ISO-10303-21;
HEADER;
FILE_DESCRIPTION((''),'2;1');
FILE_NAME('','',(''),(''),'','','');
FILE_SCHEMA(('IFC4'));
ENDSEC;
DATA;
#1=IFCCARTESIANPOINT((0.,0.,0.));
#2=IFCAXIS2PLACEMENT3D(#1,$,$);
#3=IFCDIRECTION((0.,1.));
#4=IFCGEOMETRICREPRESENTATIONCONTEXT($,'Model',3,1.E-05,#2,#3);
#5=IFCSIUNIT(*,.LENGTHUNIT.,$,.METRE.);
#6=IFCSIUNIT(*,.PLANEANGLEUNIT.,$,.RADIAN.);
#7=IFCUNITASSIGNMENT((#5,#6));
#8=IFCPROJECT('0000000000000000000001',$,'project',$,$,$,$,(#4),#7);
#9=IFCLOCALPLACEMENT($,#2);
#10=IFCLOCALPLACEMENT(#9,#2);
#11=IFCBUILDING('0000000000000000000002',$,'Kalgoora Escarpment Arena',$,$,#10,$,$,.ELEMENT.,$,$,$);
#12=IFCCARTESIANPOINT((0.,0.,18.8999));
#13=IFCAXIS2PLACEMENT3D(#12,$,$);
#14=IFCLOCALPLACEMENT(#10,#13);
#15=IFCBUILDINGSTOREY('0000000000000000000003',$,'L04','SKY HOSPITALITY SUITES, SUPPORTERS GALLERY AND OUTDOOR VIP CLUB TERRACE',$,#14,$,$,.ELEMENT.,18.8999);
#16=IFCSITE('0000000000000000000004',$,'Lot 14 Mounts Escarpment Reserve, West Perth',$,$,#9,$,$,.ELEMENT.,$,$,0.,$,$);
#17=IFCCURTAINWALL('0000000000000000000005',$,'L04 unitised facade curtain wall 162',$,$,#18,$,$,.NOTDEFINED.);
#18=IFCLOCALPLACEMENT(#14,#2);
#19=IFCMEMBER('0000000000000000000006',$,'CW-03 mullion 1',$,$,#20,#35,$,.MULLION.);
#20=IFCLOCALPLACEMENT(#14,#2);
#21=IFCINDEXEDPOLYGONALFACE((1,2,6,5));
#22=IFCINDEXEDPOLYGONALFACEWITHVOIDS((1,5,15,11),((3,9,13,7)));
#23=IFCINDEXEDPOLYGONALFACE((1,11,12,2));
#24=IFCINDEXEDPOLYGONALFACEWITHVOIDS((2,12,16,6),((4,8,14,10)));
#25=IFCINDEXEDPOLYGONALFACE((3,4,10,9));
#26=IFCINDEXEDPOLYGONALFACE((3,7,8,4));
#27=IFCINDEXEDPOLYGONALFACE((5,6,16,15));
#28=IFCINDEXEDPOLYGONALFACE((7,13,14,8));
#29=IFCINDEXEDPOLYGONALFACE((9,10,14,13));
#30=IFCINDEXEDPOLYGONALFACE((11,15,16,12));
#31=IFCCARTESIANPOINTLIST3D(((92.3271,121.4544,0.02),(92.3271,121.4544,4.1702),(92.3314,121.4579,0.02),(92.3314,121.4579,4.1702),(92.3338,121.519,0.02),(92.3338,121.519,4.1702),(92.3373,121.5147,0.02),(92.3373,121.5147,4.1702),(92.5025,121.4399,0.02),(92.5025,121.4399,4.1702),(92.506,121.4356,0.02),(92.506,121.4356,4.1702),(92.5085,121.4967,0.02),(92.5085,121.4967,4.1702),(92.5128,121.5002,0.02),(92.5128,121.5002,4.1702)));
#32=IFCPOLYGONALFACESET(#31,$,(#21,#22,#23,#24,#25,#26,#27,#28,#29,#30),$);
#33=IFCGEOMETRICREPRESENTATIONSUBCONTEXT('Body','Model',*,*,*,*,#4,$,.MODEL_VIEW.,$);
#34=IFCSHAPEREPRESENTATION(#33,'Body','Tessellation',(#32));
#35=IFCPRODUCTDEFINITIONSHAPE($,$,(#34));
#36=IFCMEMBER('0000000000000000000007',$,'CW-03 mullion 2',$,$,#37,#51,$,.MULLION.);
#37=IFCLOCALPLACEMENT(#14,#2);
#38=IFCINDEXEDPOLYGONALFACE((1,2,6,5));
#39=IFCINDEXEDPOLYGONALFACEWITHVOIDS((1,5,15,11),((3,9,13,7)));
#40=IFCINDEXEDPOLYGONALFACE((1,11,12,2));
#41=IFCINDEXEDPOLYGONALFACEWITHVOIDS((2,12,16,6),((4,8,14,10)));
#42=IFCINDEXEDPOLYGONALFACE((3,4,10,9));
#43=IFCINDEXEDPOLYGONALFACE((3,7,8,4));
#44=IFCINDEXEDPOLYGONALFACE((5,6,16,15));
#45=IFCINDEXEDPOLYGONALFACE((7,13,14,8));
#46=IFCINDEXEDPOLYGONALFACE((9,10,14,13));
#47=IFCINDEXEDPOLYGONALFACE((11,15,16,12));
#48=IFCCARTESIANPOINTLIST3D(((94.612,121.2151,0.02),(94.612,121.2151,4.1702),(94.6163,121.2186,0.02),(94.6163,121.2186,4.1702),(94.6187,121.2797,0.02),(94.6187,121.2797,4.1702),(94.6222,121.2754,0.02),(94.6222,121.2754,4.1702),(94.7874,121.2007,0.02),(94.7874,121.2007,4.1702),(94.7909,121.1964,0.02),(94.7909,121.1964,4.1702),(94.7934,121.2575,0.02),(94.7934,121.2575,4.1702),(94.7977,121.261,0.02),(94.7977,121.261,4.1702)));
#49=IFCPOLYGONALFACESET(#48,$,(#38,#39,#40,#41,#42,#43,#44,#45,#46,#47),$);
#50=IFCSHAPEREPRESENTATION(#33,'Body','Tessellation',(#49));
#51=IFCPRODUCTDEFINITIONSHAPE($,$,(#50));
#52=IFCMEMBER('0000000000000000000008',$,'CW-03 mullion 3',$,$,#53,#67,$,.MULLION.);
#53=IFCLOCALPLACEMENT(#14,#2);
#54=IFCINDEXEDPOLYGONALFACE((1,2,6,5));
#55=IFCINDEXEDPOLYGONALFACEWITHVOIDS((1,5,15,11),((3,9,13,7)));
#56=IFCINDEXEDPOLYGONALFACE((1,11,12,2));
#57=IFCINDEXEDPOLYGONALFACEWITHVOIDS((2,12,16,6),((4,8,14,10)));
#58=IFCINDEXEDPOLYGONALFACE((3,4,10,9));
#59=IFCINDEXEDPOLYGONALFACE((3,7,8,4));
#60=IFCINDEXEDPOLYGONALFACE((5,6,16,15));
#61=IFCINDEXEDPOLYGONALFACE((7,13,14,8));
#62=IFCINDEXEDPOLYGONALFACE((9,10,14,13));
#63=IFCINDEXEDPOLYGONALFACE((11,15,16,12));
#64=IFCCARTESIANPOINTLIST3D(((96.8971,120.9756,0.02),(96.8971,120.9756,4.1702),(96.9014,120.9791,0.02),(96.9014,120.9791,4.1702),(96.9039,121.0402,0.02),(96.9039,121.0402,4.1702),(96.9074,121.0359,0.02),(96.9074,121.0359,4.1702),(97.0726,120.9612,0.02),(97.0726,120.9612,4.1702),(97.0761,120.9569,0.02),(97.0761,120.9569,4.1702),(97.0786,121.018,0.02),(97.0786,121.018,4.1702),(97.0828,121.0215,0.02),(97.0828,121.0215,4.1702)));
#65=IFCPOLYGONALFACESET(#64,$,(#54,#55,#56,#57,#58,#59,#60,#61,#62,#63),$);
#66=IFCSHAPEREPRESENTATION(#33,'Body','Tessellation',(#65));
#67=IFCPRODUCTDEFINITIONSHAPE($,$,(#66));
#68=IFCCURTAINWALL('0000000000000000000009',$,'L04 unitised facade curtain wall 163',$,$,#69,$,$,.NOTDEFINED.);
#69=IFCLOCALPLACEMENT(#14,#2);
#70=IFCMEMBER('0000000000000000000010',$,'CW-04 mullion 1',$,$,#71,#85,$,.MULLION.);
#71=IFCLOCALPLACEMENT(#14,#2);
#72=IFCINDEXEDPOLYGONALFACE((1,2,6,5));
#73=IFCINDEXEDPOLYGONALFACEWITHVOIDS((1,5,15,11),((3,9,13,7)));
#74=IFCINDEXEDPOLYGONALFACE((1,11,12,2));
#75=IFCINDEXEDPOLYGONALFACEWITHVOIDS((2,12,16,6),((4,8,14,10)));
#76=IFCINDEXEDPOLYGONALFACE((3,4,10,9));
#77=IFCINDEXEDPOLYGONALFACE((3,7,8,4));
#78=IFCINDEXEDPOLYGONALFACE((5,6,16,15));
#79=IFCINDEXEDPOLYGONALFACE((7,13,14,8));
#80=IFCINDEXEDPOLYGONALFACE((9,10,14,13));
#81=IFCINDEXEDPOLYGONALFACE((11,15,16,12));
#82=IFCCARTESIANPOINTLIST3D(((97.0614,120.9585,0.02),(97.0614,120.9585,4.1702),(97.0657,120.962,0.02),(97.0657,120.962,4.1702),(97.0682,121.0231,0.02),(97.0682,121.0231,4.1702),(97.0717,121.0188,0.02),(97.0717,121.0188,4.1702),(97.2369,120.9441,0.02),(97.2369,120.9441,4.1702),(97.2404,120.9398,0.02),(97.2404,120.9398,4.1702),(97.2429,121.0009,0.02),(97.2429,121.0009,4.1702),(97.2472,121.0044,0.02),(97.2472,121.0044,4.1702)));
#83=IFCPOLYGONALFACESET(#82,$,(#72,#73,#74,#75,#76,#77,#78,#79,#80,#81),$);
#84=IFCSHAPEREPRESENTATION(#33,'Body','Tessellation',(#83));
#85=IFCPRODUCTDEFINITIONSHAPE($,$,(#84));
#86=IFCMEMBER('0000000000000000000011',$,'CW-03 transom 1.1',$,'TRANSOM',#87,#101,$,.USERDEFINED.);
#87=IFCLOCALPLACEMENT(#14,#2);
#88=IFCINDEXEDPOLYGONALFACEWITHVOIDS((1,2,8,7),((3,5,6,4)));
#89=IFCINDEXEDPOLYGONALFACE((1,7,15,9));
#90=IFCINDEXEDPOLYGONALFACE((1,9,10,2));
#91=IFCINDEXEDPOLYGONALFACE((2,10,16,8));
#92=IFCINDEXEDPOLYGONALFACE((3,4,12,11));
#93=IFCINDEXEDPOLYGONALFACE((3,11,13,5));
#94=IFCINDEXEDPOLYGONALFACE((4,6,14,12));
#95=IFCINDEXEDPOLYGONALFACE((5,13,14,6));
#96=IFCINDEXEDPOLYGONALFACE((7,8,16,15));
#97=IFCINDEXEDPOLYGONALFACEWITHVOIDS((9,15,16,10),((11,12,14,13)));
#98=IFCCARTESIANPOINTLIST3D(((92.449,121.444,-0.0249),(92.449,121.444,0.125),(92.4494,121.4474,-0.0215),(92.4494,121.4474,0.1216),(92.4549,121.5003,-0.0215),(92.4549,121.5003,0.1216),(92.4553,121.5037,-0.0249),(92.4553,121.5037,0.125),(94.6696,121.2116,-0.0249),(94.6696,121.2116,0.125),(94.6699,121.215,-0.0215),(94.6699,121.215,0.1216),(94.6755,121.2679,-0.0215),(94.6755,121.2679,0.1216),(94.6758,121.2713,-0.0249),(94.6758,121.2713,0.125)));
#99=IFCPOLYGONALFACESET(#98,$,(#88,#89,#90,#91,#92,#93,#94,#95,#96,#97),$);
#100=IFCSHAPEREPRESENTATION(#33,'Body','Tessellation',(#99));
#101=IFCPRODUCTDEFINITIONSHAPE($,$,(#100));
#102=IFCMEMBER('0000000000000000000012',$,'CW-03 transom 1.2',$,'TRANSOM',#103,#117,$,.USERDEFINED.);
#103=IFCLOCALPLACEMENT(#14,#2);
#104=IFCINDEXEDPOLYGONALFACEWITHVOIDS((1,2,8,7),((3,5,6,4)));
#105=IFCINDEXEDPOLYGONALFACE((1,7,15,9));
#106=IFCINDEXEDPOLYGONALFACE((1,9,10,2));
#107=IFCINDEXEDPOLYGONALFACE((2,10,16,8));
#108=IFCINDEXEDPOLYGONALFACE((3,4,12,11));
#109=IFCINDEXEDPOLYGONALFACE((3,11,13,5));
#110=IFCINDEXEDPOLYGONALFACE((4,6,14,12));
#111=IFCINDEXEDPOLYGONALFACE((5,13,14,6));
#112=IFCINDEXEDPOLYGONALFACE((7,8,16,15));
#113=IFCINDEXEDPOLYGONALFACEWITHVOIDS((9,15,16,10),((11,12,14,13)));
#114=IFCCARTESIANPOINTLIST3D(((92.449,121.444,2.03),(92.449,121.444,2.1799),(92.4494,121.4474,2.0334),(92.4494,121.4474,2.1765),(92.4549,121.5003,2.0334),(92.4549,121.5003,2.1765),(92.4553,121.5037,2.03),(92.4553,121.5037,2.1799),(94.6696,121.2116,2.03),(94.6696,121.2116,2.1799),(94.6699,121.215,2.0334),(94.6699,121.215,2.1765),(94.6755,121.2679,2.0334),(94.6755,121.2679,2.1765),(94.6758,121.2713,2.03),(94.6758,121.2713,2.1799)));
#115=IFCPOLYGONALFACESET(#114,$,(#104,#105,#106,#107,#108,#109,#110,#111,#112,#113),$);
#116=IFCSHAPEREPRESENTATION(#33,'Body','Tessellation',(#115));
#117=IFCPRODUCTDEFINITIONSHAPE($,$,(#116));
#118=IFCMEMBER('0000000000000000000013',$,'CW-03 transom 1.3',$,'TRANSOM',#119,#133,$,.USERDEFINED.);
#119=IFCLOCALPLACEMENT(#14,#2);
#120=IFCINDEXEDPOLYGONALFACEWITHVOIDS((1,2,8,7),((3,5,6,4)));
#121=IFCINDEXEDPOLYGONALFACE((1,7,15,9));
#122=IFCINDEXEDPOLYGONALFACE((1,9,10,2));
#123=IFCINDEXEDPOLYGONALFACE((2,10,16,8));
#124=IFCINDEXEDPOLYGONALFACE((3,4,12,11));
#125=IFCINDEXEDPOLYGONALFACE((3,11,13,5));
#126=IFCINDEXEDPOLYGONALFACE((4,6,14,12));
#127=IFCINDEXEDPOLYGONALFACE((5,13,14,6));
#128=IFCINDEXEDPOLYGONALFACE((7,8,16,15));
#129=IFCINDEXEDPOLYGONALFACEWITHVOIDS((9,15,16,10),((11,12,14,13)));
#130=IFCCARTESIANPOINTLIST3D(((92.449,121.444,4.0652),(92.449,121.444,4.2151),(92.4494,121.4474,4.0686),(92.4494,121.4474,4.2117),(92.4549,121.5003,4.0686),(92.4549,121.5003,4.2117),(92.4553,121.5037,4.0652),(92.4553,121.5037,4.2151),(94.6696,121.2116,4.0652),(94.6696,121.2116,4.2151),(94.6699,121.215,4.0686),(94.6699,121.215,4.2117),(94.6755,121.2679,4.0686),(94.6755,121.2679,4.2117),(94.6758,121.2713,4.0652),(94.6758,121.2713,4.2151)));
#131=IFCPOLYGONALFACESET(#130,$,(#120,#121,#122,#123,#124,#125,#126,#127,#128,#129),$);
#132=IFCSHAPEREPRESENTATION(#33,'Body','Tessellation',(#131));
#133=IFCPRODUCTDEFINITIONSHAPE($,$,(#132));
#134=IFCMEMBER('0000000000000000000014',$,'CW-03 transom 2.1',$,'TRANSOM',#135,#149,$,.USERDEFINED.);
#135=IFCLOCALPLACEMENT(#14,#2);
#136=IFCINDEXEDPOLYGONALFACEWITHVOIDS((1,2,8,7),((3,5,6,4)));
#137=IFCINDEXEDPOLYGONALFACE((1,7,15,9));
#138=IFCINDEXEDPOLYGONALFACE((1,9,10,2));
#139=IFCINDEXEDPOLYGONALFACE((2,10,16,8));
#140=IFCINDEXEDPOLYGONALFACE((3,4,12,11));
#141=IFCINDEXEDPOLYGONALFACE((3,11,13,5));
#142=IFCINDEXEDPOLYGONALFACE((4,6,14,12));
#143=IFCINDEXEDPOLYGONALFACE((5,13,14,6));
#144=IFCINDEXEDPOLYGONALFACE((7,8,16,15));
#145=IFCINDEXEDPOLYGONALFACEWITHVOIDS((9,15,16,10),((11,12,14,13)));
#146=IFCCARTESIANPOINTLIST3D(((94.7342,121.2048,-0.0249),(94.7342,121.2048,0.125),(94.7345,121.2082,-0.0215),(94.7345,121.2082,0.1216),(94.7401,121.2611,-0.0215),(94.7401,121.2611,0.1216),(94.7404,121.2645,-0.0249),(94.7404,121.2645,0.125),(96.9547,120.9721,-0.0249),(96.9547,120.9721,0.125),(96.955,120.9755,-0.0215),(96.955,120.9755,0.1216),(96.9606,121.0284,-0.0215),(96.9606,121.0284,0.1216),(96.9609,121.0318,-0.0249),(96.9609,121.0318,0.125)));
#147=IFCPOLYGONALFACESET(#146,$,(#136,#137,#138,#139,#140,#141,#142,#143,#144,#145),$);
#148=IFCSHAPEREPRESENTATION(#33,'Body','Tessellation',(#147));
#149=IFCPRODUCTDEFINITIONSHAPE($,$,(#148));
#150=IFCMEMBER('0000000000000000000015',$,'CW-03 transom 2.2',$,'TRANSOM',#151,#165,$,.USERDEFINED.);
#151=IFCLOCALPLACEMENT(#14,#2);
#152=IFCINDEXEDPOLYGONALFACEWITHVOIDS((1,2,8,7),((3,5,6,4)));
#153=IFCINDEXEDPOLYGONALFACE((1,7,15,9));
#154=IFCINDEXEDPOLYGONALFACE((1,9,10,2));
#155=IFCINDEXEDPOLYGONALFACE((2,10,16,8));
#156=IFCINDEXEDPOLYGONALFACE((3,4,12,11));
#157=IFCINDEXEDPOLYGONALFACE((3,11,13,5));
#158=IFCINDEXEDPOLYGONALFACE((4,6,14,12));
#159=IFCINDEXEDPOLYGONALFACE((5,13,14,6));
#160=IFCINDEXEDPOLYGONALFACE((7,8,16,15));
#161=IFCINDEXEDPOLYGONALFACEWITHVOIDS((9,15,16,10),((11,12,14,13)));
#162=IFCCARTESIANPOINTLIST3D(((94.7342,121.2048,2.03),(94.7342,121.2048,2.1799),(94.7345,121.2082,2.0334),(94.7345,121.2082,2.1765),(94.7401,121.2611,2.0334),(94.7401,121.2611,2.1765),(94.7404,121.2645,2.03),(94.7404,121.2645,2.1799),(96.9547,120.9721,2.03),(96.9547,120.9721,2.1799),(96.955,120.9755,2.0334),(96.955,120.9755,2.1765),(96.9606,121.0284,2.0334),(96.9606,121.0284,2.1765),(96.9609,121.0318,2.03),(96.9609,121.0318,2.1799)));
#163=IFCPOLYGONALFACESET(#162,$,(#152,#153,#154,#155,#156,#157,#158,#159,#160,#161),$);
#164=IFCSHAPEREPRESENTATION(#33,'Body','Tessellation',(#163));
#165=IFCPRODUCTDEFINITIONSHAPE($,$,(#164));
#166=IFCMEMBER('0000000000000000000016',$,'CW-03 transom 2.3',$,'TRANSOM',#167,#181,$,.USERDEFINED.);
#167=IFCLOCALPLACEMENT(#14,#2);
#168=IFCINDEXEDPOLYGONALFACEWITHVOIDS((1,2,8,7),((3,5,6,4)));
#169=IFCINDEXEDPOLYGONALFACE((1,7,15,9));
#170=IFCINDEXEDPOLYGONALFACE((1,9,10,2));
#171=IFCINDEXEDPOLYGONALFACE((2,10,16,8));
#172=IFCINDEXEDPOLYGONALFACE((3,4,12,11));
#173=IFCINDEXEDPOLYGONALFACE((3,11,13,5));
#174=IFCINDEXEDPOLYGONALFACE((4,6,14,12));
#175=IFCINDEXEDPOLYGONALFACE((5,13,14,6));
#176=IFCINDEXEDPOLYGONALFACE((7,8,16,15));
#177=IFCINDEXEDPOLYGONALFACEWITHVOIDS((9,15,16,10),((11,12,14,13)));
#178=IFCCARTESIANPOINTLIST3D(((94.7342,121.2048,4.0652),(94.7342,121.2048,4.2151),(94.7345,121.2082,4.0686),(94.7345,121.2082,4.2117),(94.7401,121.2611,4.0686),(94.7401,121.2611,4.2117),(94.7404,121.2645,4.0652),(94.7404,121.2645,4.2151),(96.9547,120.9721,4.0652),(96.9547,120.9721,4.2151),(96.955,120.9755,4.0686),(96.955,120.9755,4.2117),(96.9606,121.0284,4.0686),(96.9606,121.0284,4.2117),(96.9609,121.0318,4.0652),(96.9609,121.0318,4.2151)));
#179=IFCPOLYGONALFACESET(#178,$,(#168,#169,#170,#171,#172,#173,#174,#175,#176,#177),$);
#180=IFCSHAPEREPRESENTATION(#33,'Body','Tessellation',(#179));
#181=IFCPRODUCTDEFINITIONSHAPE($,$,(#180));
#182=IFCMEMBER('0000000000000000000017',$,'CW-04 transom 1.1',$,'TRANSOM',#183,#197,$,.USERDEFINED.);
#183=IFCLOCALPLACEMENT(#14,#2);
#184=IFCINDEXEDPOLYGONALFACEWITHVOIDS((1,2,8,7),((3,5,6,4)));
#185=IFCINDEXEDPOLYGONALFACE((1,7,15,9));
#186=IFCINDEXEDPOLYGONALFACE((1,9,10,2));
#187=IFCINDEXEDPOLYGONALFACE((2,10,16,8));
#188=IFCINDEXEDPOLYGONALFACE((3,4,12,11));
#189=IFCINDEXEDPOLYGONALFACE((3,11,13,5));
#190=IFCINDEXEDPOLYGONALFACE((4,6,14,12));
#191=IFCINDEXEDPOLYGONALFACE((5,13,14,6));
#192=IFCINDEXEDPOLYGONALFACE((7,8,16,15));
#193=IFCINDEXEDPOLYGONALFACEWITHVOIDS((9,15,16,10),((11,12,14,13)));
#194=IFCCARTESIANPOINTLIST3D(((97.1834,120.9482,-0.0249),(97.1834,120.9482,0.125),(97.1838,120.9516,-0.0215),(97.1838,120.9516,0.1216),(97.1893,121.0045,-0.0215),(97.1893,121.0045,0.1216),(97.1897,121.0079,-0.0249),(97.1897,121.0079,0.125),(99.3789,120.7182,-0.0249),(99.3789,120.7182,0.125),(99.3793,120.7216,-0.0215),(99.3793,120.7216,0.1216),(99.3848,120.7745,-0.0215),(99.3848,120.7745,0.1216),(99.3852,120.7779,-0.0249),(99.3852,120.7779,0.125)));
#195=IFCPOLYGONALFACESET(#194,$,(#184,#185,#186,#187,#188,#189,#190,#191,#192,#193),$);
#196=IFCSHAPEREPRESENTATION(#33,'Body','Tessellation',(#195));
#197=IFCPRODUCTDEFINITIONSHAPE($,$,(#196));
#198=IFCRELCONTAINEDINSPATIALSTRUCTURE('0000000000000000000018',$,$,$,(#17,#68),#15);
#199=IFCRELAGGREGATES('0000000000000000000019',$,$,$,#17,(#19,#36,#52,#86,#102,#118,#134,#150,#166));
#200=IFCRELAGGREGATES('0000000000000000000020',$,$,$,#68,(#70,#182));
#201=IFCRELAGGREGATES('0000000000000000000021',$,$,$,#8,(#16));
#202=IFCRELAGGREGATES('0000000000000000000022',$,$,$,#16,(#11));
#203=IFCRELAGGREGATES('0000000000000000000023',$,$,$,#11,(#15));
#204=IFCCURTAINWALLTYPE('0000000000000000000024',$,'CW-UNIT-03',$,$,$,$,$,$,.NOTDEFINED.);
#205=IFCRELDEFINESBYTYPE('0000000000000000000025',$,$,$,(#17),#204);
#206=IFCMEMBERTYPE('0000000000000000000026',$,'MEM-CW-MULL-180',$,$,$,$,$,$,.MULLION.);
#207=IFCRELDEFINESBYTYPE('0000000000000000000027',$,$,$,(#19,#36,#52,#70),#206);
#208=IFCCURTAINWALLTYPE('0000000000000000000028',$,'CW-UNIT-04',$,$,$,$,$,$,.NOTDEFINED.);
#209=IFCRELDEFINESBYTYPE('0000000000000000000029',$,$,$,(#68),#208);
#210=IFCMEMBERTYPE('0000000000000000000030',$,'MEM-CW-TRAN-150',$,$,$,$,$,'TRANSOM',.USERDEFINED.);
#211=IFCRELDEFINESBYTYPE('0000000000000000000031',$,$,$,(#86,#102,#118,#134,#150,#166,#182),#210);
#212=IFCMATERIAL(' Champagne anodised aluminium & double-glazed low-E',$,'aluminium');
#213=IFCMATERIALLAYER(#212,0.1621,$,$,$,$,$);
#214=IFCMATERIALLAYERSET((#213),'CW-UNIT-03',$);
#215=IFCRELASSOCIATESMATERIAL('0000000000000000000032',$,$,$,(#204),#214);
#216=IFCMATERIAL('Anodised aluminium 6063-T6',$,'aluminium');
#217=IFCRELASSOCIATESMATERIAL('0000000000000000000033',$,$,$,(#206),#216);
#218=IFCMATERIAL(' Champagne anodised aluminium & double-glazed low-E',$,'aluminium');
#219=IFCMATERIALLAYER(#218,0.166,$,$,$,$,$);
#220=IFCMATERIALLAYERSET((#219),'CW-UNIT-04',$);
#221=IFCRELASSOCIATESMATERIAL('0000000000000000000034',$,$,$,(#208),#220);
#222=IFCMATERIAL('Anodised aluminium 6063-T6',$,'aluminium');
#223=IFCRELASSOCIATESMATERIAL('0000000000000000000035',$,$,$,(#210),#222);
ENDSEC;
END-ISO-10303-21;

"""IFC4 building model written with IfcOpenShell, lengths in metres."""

from ifc_helpers import new_model, si_unit, direction, frame, origin, origin_2d, place, context, subcontext, project, spatial, hollow_rectangle, extrude, material, layer, layer_set, material_profile, profile_set, type_object, element, aggregate, save


model = new_model("IFC4")

# Units and contexts
model_context = context("Model", 3, precision=1e-05, world=origin(), true_north=direction((0.0, 1.0)))
body_context = subcontext(model_context, "Body", "Model", "MODEL_VIEW")
ifc_project = project(units=[si_unit("LENGTHUNIT", "METRE"), si_unit("PLANEANGLEUNIT", "RADIAN")], contexts=[model_context])

# Site, building, storey
site_placement = place(None, origin())
site = spatial("IfcSite", under=ifc_project, at=site_placement, Name="Lot 14 Mounts Escarpment Reserve, West Perth", CompositionType="ELEMENT", RefElevation=0.0)
building_placement = place(site_placement, origin())
building = spatial("IfcBuilding", under=site, at=building_placement, Name="Kalgoora Escarpment Arena", CompositionType="ELEMENT")
storey_placement = place(building_placement, frame((0.0, 0.0, 18.8999)))
storey = spatial("IfcBuildingStorey", under=building, at=storey_placement, Name="L04", Description="SKY HOSPITALITY SUITES, SUPPORTERS GALLERY AND OUTDOOR VIP CLUB TERRACE", CompositionType="ELEMENT", Elevation=18.8999)

# Curtain wall, members
ifc_material_1 = material(Name=" Champagne anodised aluminium & double-glazed low-E", Category="aluminium")
ifc_layer_1 = layer(ifc_material_1, 0.1621)
ifc_layer_set_1 = layer_set([ifc_layer_1], Name="CW-UNIT-03")
curtain_wall_type_1 = type_object("IfcCurtainWallType", Name="CW-UNIT-03", PredefinedType="NOTDEFINED", material=ifc_layer_set_1)
curtain_wall_1_placement = place(storey_placement, origin())
curtain_wall_1 = element("IfcCurtainWall", 1, at=curtain_wall_1_placement, inside=storey, type_object=curtain_wall_type_1, Name="L04 unitised facade curtain wall 162", PredefinedType="NOTDEFINED")
ifc_material_2 = material(Name="Anodised aluminium 6063-T6", Category="aluminium")
ifc_material_profile_1 = material_profile(ifc_material_2, hollow_rectangle(XDim=0.0649, YDim=0.1799, WallThickness=0.0039, at=origin_2d()))
ifc_profile_set_1 = profile_set([ifc_material_profile_1], Name="Anodised aluminium 6063-T6")
member_type_1 = type_object("IfcMemberType", Name="MEM-CW-MULL-180", PredefinedType="MULLION", material=ifc_profile_set_1)
member_1_placement = place(storey_placement, frame((92.4199, 121.4773, 0.02), z_axis=(0.0, 0.0, 1.0), x_axis=(0.104179, 0.994559, 0.0)))
member_1 = element("IfcMember", 2, at=member_1_placement, type_object=member_type_1, Name="CW-03 mullion 1", PredefinedType="MULLION", context=body_context, shape_type="SweptSolid", body=[
    extrude(hollow_rectangle(XDim=0.0649, YDim=0.1799, WallThickness=0.0039, at=origin_2d()), origin(), (0.0, 0.0, 1.0), 4.1501),
])
member_2_placement = place(storey_placement, frame((94.7048, 121.238, 0.02), z_axis=(0.0, 0.0, 1.0), x_axis=(0.104179, 0.994559, 0.0)))
member_2 = element("IfcMember", 3, at=member_2_placement, type_object=member_type_1, Name="CW-03 mullion 2", PredefinedType="MULLION", context=body_context, shape_type="SweptSolid", body=[
    extrude(hollow_rectangle(XDim=0.0649, YDim=0.1799, WallThickness=0.0039, at=origin_2d()), origin(), (0.0, 0.0, 1.0), 4.1501),
])
member_3_placement = place(storey_placement, frame((96.99, 120.9985, 0.02), z_axis=(0.0, 0.0, 1.0), x_axis=(0.104179, 0.994559, 0.0)))
member_3 = element("IfcMember", 4, at=member_3_placement, type_object=member_type_1, Name="CW-03 mullion 3", PredefinedType="MULLION", context=body_context, shape_type="SweptSolid", body=[
    extrude(hollow_rectangle(XDim=0.0649, YDim=0.1799, WallThickness=0.0039, at=origin_2d()), origin(), (0.0, 0.0, 1.0), 4.1501),
])

# Curtain wall, member
ifc_material_3 = material(Name=" Champagne anodised aluminium & double-glazed low-E", Category="aluminium")
ifc_layer_2 = layer(ifc_material_3, 0.166)
ifc_layer_set_2 = layer_set([ifc_layer_2], Name="CW-UNIT-04")
curtain_wall_type_2 = type_object("IfcCurtainWallType", Name="CW-UNIT-04", PredefinedType="NOTDEFINED", material=ifc_layer_set_2)
curtain_wall_2_placement = place(storey_placement, origin())
curtain_wall_2 = element("IfcCurtainWall", 5, at=curtain_wall_2_placement, inside=storey, type_object=curtain_wall_type_2, Name="L04 unitised facade curtain wall 163", PredefinedType="NOTDEFINED")
member_4_placement = place(storey_placement, frame((97.1543, 120.9814, 0.02), z_axis=(0.0, 0.0, 1.0), x_axis=(0.104182, 0.994558, 0.0)))
member_4 = element("IfcMember", 6, at=member_4_placement, type_object=member_type_1, Name="CW-04 mullion 1", PredefinedType="MULLION", context=body_context, shape_type="SweptSolid", body=[
    extrude(hollow_rectangle(XDim=0.0649, YDim=0.1799, WallThickness=0.0039, at=origin_2d()), origin(), (0.0, 0.0, 1.0), 4.1501),
])

# Members
ifc_material_4 = material(Name="Anodised aluminium 6063-T6", Category="aluminium")
ifc_material_profile_2 = material_profile(ifc_material_4, hollow_rectangle(XDim=0.0601, YDim=0.1499, WallThickness=0.0034, at=origin_2d()))
ifc_profile_set_2 = profile_set([ifc_material_profile_2], Name="Anodised aluminium 6063-T6")
member_type_2 = type_object("IfcMemberType", Name="MEM-CW-TRAN-150", ElementType="TRANSOM", PredefinedType="USERDEFINED", material=ifc_profile_set_2)
member_5_placement = place(storey_placement, frame((92.4521, 121.4739, 0.05), z_axis=(0.994566, -0.104104, 0.0), x_axis=(0.104104, 0.994566, 0.0)))
member_5 = element("IfcMember", 7, at=member_5_placement, type_object=member_type_2, Name="CW-03 transom 1.1", ObjectType="TRANSOM", PredefinedType="USERDEFINED", context=body_context, shape_type="SweptSolid", body=[
    extrude(hollow_rectangle(XDim=0.0601, YDim=0.1499, WallThickness=0.0034, at=origin_2d()), origin(), (0.0, 0.0, 1.0), 2.2327),
])
member_6_placement = place(storey_placement, frame((92.4521, 121.4739, 2.105), z_axis=(0.994566, -0.104104, 0.0), x_axis=(0.104104, 0.994566, 0.0)))
member_6 = element("IfcMember", 8, at=member_6_placement, type_object=member_type_2, Name="CW-03 transom 1.2", ObjectType="TRANSOM", PredefinedType="USERDEFINED", context=body_context, shape_type="SweptSolid", body=[
    extrude(hollow_rectangle(XDim=0.0601, YDim=0.1499, WallThickness=0.0034, at=origin_2d()), origin(), (0.0, 0.0, 1.0), 2.2327),
])
member_7_placement = place(storey_placement, frame((92.4521, 121.4739, 4.1401), z_axis=(0.994566, -0.104104, 0.0), x_axis=(0.104104, 0.994566, 0.0)))
member_7 = element("IfcMember", 9, at=member_7_placement, type_object=member_type_2, Name="CW-03 transom 1.3", ObjectType="TRANSOM", PredefinedType="USERDEFINED", context=body_context, shape_type="SweptSolid", body=[
    extrude(hollow_rectangle(XDim=0.0601, YDim=0.1499, WallThickness=0.0034, at=origin_2d()), origin(), (0.0, 0.0, 1.0), 2.2327),
])
member_8_placement = place(storey_placement, frame((94.7373, 121.2346, 0.05), z_axis=(0.994555, -0.104212, 0.0), x_axis=(0.104212, 0.994555, 0.0)))
member_8 = element("IfcMember", 10, at=member_8_placement, type_object=member_type_2, Name="CW-03 transom 2.1", ObjectType="TRANSOM", PredefinedType="USERDEFINED", context=body_context, shape_type="SweptSolid", body=[
    extrude(hollow_rectangle(XDim=0.0601, YDim=0.1499, WallThickness=0.0034, at=origin_2d()), origin(), (0.0, 0.0, 1.0), 2.2327),
])
member_9_placement = place(storey_placement, frame((94.7373, 121.2346, 2.105), z_axis=(0.994555, -0.104212, 0.0), x_axis=(0.104212, 0.994555, 0.0)))
member_9 = element("IfcMember", 11, at=member_9_placement, type_object=member_type_2, Name="CW-03 transom 2.2", ObjectType="TRANSOM", PredefinedType="USERDEFINED", context=body_context, shape_type="SweptSolid", body=[
    extrude(hollow_rectangle(XDim=0.0601, YDim=0.1499, WallThickness=0.0034, at=origin_2d()), origin(), (0.0, 0.0, 1.0), 2.2327),
])
member_10_placement = place(storey_placement, frame((94.7373, 121.2346, 4.1401), z_axis=(0.994555, -0.104212, 0.0), x_axis=(0.104212, 0.994555, 0.0)))
member_10 = element("IfcMember", 12, at=member_10_placement, type_object=member_type_2, Name="CW-03 transom 2.3", ObjectType="TRANSOM", PredefinedType="USERDEFINED", context=body_context, shape_type="SweptSolid", body=[
    extrude(hollow_rectangle(XDim=0.0601, YDim=0.1499, WallThickness=0.0034, at=origin_2d()), origin(), (0.0, 0.0, 1.0), 2.2327),
])
member_11_placement = place(storey_placement, frame((97.1865, 120.978, 0.05), z_axis=(0.994559, -0.104178, 0.0), x_axis=(0.104178, 0.994559, 0.0)))
member_11 = element("IfcMember", 13, at=member_11_placement, type_object=member_type_2, Name="CW-04 transom 1.1", ObjectType="TRANSOM", PredefinedType="USERDEFINED", context=body_context, shape_type="SweptSolid", body=[
    extrude(hollow_rectangle(XDim=0.0601, YDim=0.1499, WallThickness=0.0034, at=origin_2d()), origin(), (0.0, 0.0, 1.0), 2.2075),
])

aggregate(curtain_wall_1, [member_1, member_2, member_3, member_5, member_6, member_7, member_8, member_9, member_10])
aggregate(curtain_wall_2, [member_4, member_11])

save(model, "model.ifc")
